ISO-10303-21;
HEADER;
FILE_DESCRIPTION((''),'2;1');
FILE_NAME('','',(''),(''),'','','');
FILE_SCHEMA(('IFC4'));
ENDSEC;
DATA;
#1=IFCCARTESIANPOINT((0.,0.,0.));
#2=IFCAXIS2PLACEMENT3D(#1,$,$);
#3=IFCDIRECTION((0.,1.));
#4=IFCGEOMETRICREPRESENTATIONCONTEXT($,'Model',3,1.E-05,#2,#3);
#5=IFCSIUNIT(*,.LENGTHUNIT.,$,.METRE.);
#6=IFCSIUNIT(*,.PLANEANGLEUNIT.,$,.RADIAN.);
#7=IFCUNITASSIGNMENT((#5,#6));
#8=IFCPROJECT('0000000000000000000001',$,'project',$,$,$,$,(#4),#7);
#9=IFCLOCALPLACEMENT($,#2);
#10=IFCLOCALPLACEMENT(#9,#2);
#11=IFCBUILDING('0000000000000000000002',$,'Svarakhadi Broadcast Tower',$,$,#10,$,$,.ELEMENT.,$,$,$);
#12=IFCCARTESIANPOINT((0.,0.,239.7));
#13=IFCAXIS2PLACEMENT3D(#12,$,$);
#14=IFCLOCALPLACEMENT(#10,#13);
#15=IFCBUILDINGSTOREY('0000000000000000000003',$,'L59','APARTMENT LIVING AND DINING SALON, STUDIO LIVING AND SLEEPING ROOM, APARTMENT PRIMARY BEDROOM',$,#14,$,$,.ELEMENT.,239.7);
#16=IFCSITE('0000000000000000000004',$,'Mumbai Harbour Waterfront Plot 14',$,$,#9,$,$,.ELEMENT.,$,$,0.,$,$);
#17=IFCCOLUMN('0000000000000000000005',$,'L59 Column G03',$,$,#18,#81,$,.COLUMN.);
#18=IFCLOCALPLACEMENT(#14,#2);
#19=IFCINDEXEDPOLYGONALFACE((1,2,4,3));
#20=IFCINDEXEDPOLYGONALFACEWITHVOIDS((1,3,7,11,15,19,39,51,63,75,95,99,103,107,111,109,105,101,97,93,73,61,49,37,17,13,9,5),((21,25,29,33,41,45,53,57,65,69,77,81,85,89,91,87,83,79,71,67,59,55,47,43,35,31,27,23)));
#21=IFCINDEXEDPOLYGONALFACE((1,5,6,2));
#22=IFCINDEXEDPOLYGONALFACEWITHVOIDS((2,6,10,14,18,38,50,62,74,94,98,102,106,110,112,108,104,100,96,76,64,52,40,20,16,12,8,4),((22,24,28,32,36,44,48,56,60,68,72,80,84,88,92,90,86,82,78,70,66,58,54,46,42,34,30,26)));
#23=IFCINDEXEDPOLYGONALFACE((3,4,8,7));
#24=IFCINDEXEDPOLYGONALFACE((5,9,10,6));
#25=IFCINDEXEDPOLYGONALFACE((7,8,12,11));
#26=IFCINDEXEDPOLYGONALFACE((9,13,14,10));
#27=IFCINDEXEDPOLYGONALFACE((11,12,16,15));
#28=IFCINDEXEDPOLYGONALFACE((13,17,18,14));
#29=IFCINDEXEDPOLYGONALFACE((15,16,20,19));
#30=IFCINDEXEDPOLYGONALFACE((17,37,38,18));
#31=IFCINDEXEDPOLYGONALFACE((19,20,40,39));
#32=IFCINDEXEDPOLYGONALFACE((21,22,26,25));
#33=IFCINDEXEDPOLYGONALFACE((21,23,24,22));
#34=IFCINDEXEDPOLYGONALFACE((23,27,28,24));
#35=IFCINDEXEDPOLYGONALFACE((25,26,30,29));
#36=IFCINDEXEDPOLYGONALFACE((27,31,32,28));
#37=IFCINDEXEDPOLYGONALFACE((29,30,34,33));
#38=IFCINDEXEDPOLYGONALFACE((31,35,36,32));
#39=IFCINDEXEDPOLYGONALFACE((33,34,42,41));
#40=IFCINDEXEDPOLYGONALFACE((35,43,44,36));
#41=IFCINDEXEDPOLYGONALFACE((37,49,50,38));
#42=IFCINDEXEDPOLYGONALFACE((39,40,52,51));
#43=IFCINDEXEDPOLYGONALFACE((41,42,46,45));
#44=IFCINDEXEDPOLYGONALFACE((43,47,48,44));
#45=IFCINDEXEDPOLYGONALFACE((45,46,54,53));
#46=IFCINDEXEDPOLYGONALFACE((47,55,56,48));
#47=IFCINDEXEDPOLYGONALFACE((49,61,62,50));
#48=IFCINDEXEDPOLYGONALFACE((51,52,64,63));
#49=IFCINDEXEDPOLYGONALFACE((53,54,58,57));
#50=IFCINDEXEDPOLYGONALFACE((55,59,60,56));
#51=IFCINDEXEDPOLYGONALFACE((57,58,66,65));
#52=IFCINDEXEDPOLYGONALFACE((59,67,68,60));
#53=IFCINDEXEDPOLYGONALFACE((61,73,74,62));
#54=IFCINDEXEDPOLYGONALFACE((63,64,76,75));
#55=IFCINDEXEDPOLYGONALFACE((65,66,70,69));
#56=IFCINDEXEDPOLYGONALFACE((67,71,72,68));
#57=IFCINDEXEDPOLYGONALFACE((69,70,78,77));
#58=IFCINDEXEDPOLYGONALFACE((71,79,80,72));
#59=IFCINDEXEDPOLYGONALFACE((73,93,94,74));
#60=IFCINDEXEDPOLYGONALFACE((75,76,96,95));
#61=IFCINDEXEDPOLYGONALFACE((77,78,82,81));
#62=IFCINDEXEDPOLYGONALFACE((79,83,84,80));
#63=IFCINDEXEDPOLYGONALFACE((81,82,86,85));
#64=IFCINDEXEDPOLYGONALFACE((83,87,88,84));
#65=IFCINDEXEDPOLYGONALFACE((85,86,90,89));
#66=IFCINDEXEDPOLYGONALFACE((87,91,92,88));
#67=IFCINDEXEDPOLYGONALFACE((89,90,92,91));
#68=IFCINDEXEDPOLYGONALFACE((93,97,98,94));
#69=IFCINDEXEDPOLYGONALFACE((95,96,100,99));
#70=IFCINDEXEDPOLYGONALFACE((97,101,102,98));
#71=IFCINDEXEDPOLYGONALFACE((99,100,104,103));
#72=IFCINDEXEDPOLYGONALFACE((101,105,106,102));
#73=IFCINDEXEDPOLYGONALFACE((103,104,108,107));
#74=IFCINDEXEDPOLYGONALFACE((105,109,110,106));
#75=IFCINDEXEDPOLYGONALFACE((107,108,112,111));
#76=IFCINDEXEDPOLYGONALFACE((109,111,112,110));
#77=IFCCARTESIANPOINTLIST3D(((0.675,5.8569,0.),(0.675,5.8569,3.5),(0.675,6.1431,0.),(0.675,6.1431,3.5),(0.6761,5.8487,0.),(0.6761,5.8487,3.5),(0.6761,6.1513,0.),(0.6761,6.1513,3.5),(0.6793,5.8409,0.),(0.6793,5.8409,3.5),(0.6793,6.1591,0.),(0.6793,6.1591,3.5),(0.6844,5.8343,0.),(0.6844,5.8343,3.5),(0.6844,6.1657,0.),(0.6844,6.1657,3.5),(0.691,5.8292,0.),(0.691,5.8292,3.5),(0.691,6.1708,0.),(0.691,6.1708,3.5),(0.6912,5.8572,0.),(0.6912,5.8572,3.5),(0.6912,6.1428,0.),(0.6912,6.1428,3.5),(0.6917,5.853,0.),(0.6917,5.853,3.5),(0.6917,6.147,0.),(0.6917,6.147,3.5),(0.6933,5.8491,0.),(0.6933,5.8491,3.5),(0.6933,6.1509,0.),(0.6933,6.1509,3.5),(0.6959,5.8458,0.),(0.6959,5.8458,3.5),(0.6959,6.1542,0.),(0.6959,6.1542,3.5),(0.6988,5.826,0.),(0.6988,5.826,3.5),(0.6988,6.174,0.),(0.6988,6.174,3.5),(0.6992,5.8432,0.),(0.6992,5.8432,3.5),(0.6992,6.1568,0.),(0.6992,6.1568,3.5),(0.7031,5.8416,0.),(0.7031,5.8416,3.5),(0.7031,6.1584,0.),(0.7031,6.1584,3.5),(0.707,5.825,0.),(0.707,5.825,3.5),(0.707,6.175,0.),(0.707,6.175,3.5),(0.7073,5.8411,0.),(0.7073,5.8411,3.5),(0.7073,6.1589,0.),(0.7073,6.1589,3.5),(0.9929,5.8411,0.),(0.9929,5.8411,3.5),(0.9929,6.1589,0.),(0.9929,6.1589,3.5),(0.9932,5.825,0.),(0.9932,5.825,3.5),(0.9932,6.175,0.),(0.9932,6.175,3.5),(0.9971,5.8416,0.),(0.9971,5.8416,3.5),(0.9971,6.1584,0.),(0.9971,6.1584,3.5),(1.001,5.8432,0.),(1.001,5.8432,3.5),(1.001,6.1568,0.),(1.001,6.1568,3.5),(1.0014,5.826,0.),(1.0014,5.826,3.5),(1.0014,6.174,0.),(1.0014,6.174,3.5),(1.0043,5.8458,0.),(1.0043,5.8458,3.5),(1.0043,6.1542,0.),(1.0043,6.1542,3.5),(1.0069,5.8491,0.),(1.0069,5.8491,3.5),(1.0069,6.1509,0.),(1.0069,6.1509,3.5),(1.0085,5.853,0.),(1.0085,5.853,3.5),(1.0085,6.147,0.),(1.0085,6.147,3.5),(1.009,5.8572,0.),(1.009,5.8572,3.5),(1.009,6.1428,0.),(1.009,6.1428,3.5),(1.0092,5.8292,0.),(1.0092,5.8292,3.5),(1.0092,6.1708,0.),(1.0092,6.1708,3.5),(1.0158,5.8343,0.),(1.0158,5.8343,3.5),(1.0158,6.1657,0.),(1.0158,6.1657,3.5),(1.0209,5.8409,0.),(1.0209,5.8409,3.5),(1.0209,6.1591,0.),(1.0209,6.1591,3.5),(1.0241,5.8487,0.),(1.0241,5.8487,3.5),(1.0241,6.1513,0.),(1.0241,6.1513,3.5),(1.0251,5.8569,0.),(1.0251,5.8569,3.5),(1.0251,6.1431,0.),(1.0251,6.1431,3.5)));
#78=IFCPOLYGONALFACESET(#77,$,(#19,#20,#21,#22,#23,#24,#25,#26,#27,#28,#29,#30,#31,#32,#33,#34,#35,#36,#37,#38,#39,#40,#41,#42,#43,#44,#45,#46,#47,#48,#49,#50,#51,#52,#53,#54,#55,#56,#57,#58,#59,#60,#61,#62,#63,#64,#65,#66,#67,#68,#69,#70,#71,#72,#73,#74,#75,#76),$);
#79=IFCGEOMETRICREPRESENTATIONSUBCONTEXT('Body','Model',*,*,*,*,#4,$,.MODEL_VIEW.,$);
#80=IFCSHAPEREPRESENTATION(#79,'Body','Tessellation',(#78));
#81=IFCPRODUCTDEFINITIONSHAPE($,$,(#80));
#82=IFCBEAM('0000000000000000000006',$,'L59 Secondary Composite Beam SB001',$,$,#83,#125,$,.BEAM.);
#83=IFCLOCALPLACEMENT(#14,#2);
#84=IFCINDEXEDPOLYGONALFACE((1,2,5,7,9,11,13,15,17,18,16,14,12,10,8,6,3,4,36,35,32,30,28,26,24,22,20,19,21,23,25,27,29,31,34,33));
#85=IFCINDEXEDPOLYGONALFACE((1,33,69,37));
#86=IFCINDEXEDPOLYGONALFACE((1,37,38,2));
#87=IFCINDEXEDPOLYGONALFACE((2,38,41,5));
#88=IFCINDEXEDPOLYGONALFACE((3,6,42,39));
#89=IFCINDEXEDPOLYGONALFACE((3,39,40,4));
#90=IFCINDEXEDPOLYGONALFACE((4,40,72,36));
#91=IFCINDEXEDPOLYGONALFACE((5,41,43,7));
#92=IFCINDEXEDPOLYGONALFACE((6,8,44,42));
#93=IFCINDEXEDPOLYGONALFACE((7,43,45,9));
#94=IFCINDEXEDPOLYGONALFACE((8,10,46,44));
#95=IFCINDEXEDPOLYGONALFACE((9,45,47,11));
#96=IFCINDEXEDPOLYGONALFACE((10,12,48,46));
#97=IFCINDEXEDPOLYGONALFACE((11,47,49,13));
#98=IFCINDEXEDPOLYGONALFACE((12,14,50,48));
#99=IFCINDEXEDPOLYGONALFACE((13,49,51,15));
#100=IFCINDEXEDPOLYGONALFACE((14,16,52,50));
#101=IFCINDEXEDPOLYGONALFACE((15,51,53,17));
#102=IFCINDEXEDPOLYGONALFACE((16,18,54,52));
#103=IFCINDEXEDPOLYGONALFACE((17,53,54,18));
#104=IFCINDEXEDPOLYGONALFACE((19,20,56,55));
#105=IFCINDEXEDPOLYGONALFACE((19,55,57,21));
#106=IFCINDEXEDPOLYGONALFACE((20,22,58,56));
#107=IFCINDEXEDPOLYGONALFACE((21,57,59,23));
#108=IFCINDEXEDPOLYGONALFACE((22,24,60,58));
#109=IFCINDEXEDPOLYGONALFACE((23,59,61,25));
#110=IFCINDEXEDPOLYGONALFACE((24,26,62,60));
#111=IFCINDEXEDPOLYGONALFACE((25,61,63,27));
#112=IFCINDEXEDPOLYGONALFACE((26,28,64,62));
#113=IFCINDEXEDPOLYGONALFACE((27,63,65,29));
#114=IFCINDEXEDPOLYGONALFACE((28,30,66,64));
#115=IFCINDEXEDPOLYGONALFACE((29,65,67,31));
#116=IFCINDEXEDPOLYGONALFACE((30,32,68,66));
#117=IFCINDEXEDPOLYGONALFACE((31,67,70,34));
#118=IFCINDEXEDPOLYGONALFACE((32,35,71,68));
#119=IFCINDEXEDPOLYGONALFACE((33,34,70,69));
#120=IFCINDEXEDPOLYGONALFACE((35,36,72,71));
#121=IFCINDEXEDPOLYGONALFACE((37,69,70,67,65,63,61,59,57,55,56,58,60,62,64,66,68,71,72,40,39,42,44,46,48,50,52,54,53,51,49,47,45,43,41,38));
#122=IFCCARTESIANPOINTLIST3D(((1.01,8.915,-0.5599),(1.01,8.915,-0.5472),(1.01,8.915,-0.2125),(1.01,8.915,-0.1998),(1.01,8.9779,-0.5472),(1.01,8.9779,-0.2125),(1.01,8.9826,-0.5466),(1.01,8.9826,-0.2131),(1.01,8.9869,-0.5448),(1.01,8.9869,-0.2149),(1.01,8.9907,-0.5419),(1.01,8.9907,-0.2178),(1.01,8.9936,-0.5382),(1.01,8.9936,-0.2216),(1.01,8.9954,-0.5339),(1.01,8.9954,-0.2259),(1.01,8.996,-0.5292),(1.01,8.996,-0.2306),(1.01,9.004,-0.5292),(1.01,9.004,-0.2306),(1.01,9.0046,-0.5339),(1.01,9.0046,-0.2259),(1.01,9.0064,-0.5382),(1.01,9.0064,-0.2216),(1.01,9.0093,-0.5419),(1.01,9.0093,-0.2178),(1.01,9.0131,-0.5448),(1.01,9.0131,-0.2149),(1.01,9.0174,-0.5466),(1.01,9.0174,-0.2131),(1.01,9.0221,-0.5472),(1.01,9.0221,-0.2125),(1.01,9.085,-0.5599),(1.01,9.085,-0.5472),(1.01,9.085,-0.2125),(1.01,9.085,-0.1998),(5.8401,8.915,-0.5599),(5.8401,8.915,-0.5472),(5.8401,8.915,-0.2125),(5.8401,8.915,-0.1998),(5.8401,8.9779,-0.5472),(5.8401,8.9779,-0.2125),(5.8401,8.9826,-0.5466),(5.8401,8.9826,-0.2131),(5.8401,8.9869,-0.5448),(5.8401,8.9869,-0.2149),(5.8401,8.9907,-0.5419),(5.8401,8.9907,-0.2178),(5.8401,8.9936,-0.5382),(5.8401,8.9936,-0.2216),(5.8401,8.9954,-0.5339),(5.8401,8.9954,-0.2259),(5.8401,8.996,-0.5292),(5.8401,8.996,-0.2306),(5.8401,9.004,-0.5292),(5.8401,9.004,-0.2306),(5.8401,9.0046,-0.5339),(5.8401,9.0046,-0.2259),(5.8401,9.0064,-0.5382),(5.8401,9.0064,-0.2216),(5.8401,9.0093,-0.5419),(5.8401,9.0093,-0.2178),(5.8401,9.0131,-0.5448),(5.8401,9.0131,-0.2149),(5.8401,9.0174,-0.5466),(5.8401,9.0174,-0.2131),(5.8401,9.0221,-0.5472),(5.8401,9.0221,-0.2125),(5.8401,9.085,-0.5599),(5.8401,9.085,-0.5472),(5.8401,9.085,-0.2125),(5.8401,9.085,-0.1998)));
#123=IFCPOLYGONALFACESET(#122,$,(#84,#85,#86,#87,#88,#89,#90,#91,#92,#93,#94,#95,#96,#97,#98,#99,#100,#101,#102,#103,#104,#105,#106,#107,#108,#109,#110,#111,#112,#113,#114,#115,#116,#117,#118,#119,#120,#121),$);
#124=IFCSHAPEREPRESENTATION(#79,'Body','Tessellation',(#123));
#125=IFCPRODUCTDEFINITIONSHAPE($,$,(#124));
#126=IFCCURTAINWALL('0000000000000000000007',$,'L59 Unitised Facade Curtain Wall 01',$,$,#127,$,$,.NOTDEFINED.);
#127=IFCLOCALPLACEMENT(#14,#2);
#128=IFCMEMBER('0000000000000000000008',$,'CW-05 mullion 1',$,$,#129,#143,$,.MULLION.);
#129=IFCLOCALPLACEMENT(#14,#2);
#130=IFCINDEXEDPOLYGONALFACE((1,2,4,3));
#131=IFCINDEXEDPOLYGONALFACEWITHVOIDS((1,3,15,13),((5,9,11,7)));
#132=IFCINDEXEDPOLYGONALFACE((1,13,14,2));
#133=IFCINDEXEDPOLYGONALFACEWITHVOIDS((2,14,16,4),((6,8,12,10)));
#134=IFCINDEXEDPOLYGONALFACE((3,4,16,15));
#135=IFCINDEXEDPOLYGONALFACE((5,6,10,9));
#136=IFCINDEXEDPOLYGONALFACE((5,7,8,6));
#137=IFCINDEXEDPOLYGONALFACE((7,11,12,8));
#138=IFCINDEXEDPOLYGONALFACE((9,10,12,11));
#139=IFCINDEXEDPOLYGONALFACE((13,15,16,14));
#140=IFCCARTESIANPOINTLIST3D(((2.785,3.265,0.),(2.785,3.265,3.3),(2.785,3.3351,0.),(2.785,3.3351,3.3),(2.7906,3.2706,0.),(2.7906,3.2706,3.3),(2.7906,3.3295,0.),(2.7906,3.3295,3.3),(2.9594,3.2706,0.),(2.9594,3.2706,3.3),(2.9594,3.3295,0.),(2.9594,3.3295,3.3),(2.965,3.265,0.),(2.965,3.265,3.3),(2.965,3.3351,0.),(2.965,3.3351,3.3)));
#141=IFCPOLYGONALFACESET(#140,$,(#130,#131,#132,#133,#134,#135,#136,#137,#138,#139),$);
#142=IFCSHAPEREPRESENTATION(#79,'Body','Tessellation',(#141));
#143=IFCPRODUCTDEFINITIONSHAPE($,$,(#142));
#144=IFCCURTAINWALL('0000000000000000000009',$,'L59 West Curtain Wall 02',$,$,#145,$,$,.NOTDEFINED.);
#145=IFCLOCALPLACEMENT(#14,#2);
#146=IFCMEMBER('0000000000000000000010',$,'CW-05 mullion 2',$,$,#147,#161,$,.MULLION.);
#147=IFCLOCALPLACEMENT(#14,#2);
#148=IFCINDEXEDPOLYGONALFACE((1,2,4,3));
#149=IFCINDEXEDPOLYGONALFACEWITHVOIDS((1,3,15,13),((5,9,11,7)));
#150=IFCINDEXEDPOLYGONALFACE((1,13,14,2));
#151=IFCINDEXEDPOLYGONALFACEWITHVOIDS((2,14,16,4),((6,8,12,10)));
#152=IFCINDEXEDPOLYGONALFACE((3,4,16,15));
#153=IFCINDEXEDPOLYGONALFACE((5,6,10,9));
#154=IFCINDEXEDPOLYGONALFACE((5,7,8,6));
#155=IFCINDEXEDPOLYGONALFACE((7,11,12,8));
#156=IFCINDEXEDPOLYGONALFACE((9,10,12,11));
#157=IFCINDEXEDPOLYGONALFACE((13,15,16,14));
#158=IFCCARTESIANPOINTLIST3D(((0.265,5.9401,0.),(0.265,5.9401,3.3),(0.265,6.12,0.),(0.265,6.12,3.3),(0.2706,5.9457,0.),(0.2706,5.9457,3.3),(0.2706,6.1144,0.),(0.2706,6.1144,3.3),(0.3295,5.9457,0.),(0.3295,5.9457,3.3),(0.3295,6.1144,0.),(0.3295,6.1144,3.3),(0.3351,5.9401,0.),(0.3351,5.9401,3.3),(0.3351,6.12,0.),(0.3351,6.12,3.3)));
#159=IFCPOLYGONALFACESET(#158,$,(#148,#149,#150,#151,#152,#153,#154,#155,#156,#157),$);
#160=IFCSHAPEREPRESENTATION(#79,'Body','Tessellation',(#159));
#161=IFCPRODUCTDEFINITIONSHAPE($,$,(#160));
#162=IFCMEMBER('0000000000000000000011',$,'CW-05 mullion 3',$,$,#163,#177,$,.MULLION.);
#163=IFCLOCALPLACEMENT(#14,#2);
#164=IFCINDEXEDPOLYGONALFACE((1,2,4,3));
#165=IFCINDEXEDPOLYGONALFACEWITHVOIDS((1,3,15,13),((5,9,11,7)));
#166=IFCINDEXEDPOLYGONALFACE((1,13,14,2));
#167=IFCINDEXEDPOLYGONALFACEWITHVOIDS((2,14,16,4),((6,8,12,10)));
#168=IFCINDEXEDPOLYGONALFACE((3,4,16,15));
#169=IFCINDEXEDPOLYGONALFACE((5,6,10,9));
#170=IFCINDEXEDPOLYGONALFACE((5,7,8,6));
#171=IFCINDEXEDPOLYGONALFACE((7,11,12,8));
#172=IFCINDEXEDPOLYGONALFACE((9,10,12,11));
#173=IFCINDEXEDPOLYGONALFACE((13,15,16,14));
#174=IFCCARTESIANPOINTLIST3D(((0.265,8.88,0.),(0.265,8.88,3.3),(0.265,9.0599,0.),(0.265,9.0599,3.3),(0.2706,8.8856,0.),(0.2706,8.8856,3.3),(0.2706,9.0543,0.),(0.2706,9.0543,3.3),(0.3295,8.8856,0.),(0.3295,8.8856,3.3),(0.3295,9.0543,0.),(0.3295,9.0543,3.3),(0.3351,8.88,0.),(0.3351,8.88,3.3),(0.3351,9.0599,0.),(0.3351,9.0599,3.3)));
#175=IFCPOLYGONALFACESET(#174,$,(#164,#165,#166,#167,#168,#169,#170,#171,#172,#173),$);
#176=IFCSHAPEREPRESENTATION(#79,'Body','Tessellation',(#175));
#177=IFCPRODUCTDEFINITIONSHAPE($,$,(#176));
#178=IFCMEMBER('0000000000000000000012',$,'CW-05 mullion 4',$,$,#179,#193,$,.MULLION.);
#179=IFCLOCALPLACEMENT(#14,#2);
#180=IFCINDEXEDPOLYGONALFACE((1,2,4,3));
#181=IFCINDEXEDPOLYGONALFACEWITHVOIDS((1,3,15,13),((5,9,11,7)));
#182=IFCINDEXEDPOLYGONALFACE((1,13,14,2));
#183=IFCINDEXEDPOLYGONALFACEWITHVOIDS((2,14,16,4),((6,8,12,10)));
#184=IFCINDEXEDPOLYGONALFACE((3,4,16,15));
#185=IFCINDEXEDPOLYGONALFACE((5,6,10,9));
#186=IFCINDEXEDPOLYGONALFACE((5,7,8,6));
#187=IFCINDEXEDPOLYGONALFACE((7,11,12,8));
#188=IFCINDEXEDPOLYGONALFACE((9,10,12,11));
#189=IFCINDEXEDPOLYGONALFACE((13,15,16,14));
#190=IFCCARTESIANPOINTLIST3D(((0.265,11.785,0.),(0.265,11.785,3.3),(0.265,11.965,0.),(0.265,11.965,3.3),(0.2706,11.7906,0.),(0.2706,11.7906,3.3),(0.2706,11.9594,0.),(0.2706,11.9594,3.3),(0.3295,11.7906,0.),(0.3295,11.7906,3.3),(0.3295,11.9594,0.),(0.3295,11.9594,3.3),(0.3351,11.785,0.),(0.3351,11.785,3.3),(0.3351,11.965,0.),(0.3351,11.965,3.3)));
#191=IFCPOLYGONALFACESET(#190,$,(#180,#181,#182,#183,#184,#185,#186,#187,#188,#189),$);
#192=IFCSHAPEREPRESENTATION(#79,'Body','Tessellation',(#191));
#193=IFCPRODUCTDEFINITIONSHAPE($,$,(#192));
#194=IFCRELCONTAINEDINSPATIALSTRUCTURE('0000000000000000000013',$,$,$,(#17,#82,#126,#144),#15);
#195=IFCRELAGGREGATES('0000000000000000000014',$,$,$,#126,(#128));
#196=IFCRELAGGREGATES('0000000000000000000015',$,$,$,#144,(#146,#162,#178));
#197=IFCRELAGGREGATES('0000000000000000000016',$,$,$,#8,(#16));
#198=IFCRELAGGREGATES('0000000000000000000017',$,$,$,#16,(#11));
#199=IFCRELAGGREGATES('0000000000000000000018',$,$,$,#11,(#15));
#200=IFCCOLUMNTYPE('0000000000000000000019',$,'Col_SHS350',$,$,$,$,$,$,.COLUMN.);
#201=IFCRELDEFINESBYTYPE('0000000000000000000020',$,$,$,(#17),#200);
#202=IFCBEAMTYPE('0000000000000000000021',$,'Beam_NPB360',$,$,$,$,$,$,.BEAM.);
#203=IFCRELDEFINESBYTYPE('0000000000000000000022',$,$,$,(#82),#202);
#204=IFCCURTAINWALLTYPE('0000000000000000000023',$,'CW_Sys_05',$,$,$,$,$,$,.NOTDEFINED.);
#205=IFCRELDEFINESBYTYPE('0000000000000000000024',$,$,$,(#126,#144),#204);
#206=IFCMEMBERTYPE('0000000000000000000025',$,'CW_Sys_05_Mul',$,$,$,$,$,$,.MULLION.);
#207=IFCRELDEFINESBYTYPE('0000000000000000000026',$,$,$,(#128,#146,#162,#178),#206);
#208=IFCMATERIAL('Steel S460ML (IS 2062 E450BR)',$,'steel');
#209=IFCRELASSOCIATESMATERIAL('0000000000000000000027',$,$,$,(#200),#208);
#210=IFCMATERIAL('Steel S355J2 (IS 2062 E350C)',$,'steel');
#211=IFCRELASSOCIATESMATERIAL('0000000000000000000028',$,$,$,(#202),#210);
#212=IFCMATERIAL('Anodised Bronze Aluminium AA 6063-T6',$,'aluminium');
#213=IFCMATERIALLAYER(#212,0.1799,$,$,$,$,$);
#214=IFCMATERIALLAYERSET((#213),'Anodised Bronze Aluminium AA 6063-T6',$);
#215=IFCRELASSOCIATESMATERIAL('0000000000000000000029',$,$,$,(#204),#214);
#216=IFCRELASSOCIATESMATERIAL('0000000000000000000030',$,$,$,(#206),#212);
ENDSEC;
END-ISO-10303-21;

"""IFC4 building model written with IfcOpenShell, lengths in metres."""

from ifc_helpers import new_model, si_unit, direction, frame, origin, origin_2d, place, context, subcontext, project, spatial, hollow_rectangle, i_section, extrude, material, layer, layer_set, material_profile, profile_set, type_object, element, aggregate, save


model = new_model("IFC4")

# Units and contexts
model_context = context("Model", 3, precision=1e-05, world=origin(), true_north=direction((0.0, 1.0)))
body_context = subcontext(model_context, "Body", "Model", "MODEL_VIEW")
ifc_project = project(units=[si_unit("LENGTHUNIT", "METRE"), si_unit("PLANEANGLEUNIT", "RADIAN")], contexts=[model_context])

# Site, building, storey
site_placement = place(None, origin())
site = spatial("IfcSite", under=ifc_project, at=site_placement, Name="Mumbai Harbour Waterfront Plot 14", CompositionType="ELEMENT", RefElevation=0.0)
building_placement = place(site_placement, origin())
building = spatial("IfcBuilding", under=site, at=building_placement, Name="Svarakhadi Broadcast Tower", CompositionType="ELEMENT")
storey_placement = place(building_placement, frame((0.0, 0.0, 239.7)))
storey = spatial("IfcBuildingStorey", under=building, at=storey_placement, Name="L59", Description="APARTMENT LIVING AND DINING SALON, STUDIO LIVING AND SLEEPING ROOM, APARTMENT PRIMARY BEDROOM", CompositionType="ELEMENT", Elevation=239.7)

# Column
ifc_material_1 = material(Name="Steel S460ML (IS 2062 E450BR)", Category="steel")
ifc_material_profile_1 = material_profile(ifc_material_1, hollow_rectangle(XDim=0.3501, YDim=0.3501, WallThickness=0.0161, InnerFilletRadius=0.0161, OuterFilletRadius=0.032, at=origin_2d()), Name="SHS 350x350x16")
ifc_profile_set_1 = profile_set([ifc_material_profile_1], Name="Steel S460ML (IS 2062 E450BR)")
column_type = type_object("IfcColumnType", Name="Col_SHS350", PredefinedType="COLUMN", material=ifc_profile_set_1)
column_placement = place(storey_placement, frame((0.8501, 6.0, 0.0), z_axis=(0.0, 0.0, 1.0), x_axis=(1.0, 0.0, 0.0)))
element("IfcColumn", 1, at=column_placement, inside=storey, type_object=column_type, Name="L59 Column G03", PredefinedType="COLUMN", context=body_context, shape_type="SweptSolid", body=[
    extrude(hollow_rectangle(XDim=0.3501, YDim=0.3501, WallThickness=0.0161, InnerFilletRadius=0.0161, OuterFilletRadius=0.032, at=origin_2d()), origin(), (0.0, 0.0, 1.0), 3.5),
])

# Beam
ifc_material_2 = material(Name="Steel S355J2 (IS 2062 E350C)", Category="steel")
ifc_material_profile_2 = material_profile(ifc_material_2, i_section(OverallWidth=0.1699, OverallDepth=0.3601, WebThickness=0.0081, FlangeThickness=0.0127, FilletRadius=0.0181, at=origin_2d()), Name="NPB 360x170x57")
ifc_profile_set_2 = profile_set([ifc_material_profile_2], Name="Steel S355J2 (IS 2062 E350C)")
beam_type_1 = type_object("IfcBeamType", Name="Beam_NPB360", PredefinedType="BEAM", material=ifc_profile_set_2)
beam_1_placement = place(storey_placement, frame((1.01, 9.0, -0.3799), z_axis=(1.0, 0.0, 0.0), x_axis=(0.0, 1.0, 0.0)))
element("IfcBeam", 2, at=beam_1_placement, inside=storey, type_object=beam_type_1, Name="L59 Secondary Composite Beam SB001", PredefinedType="BEAM", context=body_context, shape_type="SweptSolid", body=[
    extrude(i_section(OverallWidth=0.1699, OverallDepth=0.3601, WebThickness=0.0081, FlangeThickness=0.0127, FilletRadius=0.0181, at=origin_2d()), origin(), (0.0, 0.0, 1.0), 4.8301),
])

# Curtain wall, member
ifc_material_3 = material(Name="Anodised Bronze Aluminium AA 6063-T6", Category="aluminium")
ifc_layer_1 = layer(ifc_material_3, 0.1799)
ifc_layer_set_1 = layer_set([ifc_layer_1], Name="Anodised Bronze Aluminium AA 6063-T6")
curtain_wall_type = type_object("IfcCurtainWallType", Name="CW_Sys_05", PredefinedType="NOTDEFINED", material=ifc_layer_set_1)
curtain_wall_1_placement = place(storey_placement, origin())
curtain_wall_1 = element("IfcCurtainWall", 3, at=curtain_wall_1_placement, inside=storey, type_object=curtain_wall_type, Name="L59 Unitised Facade Curtain Wall 01", PredefinedType="NOTDEFINED")
ifc_material_profile_3 = material_profile(ifc_material_3, hollow_rectangle(XDim=0.0701, YDim=0.1799, WallThickness=0.0056, at=origin_2d()), Name="ALU MULLION 180x70x6")
ifc_profile_set_3 = profile_set([ifc_material_profile_3], Name="Anodised Bronze Aluminium AA 6063-T6")
member_type_1 = type_object("IfcMemberType", Name="CW_Sys_05_Mul", PredefinedType="MULLION", material=ifc_profile_set_3)
member_1_placement = place(storey_placement, frame((2.875, 3.3, 0.0), z_axis=(0.0, 0.0, 1.0), x_axis=(0.0, -1.0, 0.0)))
member_1 = element("IfcMember", 4, at=member_1_placement, type_object=member_type_1, Name="CW-05 mullion 1", PredefinedType="MULLION", context=body_context, shape_type="SweptSolid", body=[
    extrude(hollow_rectangle(XDim=0.0701, YDim=0.1799, WallThickness=0.0056, at=origin_2d()), origin(), (0.0, 0.0, 1.0), 3.3),
])

# Curtain wall, members
curtain_wall_2_placement = place(storey_placement, origin())
curtain_wall_2 = element("IfcCurtainWall", 5, at=curtain_wall_2_placement, inside=storey, type_object=curtain_wall_type, Name="L59 West Curtain Wall 02", PredefinedType="NOTDEFINED")
member_2_placement = place(storey_placement, frame((0.3, 6.03, 0.0), z_axis=(0.0, 0.0, 1.0), x_axis=(-1.0, 0.0, 0.0)))
member_2 = element("IfcMember", 6, at=member_2_placement, type_object=member_type_1, Name="CW-05 mullion 2", PredefinedType="MULLION", context=body_context, shape_type="SweptSolid", body=[
    extrude(hollow_rectangle(XDim=0.0701, YDim=0.1799, WallThickness=0.0056, at=origin_2d()), origin(), (0.0, 0.0, 1.0), 3.3),
])
member_3_placement = place(storey_placement, frame((0.3, 8.97, 0.0), z_axis=(0.0, 0.0, 1.0), x_axis=(-1.0, 0.0, 0.0)))
member_3 = element("IfcMember", 7, at=member_3_placement, type_object=member_type_1, Name="CW-05 mullion 3", PredefinedType="MULLION", context=body_context, shape_type="SweptSolid", body=[
    extrude(hollow_rectangle(XDim=0.0701, YDim=0.1799, WallThickness=0.0056, at=origin_2d()), origin(), (0.0, 0.0, 1.0), 3.3),
])
member_4_placement = place(storey_placement, frame((0.3, 11.875, 0.0), z_axis=(0.0, 0.0, 1.0), x_axis=(-1.0, 0.0, 0.0)))
member_4 = element("IfcMember", 8, at=member_4_placement, type_object=member_type_1, Name="CW-05 mullion 4", PredefinedType="MULLION", context=body_context, shape_type="SweptSolid", body=[
    extrude(hollow_rectangle(XDim=0.0701, YDim=0.1799, WallThickness=0.0056, at=origin_2d()), origin(), (0.0, 0.0, 1.0), 3.3),
])

aggregate(curtain_wall_1, [member_1])

aggregate(curtain_wall_2, [member_2, member_3, member_4])

save(model, "model.ifc")
